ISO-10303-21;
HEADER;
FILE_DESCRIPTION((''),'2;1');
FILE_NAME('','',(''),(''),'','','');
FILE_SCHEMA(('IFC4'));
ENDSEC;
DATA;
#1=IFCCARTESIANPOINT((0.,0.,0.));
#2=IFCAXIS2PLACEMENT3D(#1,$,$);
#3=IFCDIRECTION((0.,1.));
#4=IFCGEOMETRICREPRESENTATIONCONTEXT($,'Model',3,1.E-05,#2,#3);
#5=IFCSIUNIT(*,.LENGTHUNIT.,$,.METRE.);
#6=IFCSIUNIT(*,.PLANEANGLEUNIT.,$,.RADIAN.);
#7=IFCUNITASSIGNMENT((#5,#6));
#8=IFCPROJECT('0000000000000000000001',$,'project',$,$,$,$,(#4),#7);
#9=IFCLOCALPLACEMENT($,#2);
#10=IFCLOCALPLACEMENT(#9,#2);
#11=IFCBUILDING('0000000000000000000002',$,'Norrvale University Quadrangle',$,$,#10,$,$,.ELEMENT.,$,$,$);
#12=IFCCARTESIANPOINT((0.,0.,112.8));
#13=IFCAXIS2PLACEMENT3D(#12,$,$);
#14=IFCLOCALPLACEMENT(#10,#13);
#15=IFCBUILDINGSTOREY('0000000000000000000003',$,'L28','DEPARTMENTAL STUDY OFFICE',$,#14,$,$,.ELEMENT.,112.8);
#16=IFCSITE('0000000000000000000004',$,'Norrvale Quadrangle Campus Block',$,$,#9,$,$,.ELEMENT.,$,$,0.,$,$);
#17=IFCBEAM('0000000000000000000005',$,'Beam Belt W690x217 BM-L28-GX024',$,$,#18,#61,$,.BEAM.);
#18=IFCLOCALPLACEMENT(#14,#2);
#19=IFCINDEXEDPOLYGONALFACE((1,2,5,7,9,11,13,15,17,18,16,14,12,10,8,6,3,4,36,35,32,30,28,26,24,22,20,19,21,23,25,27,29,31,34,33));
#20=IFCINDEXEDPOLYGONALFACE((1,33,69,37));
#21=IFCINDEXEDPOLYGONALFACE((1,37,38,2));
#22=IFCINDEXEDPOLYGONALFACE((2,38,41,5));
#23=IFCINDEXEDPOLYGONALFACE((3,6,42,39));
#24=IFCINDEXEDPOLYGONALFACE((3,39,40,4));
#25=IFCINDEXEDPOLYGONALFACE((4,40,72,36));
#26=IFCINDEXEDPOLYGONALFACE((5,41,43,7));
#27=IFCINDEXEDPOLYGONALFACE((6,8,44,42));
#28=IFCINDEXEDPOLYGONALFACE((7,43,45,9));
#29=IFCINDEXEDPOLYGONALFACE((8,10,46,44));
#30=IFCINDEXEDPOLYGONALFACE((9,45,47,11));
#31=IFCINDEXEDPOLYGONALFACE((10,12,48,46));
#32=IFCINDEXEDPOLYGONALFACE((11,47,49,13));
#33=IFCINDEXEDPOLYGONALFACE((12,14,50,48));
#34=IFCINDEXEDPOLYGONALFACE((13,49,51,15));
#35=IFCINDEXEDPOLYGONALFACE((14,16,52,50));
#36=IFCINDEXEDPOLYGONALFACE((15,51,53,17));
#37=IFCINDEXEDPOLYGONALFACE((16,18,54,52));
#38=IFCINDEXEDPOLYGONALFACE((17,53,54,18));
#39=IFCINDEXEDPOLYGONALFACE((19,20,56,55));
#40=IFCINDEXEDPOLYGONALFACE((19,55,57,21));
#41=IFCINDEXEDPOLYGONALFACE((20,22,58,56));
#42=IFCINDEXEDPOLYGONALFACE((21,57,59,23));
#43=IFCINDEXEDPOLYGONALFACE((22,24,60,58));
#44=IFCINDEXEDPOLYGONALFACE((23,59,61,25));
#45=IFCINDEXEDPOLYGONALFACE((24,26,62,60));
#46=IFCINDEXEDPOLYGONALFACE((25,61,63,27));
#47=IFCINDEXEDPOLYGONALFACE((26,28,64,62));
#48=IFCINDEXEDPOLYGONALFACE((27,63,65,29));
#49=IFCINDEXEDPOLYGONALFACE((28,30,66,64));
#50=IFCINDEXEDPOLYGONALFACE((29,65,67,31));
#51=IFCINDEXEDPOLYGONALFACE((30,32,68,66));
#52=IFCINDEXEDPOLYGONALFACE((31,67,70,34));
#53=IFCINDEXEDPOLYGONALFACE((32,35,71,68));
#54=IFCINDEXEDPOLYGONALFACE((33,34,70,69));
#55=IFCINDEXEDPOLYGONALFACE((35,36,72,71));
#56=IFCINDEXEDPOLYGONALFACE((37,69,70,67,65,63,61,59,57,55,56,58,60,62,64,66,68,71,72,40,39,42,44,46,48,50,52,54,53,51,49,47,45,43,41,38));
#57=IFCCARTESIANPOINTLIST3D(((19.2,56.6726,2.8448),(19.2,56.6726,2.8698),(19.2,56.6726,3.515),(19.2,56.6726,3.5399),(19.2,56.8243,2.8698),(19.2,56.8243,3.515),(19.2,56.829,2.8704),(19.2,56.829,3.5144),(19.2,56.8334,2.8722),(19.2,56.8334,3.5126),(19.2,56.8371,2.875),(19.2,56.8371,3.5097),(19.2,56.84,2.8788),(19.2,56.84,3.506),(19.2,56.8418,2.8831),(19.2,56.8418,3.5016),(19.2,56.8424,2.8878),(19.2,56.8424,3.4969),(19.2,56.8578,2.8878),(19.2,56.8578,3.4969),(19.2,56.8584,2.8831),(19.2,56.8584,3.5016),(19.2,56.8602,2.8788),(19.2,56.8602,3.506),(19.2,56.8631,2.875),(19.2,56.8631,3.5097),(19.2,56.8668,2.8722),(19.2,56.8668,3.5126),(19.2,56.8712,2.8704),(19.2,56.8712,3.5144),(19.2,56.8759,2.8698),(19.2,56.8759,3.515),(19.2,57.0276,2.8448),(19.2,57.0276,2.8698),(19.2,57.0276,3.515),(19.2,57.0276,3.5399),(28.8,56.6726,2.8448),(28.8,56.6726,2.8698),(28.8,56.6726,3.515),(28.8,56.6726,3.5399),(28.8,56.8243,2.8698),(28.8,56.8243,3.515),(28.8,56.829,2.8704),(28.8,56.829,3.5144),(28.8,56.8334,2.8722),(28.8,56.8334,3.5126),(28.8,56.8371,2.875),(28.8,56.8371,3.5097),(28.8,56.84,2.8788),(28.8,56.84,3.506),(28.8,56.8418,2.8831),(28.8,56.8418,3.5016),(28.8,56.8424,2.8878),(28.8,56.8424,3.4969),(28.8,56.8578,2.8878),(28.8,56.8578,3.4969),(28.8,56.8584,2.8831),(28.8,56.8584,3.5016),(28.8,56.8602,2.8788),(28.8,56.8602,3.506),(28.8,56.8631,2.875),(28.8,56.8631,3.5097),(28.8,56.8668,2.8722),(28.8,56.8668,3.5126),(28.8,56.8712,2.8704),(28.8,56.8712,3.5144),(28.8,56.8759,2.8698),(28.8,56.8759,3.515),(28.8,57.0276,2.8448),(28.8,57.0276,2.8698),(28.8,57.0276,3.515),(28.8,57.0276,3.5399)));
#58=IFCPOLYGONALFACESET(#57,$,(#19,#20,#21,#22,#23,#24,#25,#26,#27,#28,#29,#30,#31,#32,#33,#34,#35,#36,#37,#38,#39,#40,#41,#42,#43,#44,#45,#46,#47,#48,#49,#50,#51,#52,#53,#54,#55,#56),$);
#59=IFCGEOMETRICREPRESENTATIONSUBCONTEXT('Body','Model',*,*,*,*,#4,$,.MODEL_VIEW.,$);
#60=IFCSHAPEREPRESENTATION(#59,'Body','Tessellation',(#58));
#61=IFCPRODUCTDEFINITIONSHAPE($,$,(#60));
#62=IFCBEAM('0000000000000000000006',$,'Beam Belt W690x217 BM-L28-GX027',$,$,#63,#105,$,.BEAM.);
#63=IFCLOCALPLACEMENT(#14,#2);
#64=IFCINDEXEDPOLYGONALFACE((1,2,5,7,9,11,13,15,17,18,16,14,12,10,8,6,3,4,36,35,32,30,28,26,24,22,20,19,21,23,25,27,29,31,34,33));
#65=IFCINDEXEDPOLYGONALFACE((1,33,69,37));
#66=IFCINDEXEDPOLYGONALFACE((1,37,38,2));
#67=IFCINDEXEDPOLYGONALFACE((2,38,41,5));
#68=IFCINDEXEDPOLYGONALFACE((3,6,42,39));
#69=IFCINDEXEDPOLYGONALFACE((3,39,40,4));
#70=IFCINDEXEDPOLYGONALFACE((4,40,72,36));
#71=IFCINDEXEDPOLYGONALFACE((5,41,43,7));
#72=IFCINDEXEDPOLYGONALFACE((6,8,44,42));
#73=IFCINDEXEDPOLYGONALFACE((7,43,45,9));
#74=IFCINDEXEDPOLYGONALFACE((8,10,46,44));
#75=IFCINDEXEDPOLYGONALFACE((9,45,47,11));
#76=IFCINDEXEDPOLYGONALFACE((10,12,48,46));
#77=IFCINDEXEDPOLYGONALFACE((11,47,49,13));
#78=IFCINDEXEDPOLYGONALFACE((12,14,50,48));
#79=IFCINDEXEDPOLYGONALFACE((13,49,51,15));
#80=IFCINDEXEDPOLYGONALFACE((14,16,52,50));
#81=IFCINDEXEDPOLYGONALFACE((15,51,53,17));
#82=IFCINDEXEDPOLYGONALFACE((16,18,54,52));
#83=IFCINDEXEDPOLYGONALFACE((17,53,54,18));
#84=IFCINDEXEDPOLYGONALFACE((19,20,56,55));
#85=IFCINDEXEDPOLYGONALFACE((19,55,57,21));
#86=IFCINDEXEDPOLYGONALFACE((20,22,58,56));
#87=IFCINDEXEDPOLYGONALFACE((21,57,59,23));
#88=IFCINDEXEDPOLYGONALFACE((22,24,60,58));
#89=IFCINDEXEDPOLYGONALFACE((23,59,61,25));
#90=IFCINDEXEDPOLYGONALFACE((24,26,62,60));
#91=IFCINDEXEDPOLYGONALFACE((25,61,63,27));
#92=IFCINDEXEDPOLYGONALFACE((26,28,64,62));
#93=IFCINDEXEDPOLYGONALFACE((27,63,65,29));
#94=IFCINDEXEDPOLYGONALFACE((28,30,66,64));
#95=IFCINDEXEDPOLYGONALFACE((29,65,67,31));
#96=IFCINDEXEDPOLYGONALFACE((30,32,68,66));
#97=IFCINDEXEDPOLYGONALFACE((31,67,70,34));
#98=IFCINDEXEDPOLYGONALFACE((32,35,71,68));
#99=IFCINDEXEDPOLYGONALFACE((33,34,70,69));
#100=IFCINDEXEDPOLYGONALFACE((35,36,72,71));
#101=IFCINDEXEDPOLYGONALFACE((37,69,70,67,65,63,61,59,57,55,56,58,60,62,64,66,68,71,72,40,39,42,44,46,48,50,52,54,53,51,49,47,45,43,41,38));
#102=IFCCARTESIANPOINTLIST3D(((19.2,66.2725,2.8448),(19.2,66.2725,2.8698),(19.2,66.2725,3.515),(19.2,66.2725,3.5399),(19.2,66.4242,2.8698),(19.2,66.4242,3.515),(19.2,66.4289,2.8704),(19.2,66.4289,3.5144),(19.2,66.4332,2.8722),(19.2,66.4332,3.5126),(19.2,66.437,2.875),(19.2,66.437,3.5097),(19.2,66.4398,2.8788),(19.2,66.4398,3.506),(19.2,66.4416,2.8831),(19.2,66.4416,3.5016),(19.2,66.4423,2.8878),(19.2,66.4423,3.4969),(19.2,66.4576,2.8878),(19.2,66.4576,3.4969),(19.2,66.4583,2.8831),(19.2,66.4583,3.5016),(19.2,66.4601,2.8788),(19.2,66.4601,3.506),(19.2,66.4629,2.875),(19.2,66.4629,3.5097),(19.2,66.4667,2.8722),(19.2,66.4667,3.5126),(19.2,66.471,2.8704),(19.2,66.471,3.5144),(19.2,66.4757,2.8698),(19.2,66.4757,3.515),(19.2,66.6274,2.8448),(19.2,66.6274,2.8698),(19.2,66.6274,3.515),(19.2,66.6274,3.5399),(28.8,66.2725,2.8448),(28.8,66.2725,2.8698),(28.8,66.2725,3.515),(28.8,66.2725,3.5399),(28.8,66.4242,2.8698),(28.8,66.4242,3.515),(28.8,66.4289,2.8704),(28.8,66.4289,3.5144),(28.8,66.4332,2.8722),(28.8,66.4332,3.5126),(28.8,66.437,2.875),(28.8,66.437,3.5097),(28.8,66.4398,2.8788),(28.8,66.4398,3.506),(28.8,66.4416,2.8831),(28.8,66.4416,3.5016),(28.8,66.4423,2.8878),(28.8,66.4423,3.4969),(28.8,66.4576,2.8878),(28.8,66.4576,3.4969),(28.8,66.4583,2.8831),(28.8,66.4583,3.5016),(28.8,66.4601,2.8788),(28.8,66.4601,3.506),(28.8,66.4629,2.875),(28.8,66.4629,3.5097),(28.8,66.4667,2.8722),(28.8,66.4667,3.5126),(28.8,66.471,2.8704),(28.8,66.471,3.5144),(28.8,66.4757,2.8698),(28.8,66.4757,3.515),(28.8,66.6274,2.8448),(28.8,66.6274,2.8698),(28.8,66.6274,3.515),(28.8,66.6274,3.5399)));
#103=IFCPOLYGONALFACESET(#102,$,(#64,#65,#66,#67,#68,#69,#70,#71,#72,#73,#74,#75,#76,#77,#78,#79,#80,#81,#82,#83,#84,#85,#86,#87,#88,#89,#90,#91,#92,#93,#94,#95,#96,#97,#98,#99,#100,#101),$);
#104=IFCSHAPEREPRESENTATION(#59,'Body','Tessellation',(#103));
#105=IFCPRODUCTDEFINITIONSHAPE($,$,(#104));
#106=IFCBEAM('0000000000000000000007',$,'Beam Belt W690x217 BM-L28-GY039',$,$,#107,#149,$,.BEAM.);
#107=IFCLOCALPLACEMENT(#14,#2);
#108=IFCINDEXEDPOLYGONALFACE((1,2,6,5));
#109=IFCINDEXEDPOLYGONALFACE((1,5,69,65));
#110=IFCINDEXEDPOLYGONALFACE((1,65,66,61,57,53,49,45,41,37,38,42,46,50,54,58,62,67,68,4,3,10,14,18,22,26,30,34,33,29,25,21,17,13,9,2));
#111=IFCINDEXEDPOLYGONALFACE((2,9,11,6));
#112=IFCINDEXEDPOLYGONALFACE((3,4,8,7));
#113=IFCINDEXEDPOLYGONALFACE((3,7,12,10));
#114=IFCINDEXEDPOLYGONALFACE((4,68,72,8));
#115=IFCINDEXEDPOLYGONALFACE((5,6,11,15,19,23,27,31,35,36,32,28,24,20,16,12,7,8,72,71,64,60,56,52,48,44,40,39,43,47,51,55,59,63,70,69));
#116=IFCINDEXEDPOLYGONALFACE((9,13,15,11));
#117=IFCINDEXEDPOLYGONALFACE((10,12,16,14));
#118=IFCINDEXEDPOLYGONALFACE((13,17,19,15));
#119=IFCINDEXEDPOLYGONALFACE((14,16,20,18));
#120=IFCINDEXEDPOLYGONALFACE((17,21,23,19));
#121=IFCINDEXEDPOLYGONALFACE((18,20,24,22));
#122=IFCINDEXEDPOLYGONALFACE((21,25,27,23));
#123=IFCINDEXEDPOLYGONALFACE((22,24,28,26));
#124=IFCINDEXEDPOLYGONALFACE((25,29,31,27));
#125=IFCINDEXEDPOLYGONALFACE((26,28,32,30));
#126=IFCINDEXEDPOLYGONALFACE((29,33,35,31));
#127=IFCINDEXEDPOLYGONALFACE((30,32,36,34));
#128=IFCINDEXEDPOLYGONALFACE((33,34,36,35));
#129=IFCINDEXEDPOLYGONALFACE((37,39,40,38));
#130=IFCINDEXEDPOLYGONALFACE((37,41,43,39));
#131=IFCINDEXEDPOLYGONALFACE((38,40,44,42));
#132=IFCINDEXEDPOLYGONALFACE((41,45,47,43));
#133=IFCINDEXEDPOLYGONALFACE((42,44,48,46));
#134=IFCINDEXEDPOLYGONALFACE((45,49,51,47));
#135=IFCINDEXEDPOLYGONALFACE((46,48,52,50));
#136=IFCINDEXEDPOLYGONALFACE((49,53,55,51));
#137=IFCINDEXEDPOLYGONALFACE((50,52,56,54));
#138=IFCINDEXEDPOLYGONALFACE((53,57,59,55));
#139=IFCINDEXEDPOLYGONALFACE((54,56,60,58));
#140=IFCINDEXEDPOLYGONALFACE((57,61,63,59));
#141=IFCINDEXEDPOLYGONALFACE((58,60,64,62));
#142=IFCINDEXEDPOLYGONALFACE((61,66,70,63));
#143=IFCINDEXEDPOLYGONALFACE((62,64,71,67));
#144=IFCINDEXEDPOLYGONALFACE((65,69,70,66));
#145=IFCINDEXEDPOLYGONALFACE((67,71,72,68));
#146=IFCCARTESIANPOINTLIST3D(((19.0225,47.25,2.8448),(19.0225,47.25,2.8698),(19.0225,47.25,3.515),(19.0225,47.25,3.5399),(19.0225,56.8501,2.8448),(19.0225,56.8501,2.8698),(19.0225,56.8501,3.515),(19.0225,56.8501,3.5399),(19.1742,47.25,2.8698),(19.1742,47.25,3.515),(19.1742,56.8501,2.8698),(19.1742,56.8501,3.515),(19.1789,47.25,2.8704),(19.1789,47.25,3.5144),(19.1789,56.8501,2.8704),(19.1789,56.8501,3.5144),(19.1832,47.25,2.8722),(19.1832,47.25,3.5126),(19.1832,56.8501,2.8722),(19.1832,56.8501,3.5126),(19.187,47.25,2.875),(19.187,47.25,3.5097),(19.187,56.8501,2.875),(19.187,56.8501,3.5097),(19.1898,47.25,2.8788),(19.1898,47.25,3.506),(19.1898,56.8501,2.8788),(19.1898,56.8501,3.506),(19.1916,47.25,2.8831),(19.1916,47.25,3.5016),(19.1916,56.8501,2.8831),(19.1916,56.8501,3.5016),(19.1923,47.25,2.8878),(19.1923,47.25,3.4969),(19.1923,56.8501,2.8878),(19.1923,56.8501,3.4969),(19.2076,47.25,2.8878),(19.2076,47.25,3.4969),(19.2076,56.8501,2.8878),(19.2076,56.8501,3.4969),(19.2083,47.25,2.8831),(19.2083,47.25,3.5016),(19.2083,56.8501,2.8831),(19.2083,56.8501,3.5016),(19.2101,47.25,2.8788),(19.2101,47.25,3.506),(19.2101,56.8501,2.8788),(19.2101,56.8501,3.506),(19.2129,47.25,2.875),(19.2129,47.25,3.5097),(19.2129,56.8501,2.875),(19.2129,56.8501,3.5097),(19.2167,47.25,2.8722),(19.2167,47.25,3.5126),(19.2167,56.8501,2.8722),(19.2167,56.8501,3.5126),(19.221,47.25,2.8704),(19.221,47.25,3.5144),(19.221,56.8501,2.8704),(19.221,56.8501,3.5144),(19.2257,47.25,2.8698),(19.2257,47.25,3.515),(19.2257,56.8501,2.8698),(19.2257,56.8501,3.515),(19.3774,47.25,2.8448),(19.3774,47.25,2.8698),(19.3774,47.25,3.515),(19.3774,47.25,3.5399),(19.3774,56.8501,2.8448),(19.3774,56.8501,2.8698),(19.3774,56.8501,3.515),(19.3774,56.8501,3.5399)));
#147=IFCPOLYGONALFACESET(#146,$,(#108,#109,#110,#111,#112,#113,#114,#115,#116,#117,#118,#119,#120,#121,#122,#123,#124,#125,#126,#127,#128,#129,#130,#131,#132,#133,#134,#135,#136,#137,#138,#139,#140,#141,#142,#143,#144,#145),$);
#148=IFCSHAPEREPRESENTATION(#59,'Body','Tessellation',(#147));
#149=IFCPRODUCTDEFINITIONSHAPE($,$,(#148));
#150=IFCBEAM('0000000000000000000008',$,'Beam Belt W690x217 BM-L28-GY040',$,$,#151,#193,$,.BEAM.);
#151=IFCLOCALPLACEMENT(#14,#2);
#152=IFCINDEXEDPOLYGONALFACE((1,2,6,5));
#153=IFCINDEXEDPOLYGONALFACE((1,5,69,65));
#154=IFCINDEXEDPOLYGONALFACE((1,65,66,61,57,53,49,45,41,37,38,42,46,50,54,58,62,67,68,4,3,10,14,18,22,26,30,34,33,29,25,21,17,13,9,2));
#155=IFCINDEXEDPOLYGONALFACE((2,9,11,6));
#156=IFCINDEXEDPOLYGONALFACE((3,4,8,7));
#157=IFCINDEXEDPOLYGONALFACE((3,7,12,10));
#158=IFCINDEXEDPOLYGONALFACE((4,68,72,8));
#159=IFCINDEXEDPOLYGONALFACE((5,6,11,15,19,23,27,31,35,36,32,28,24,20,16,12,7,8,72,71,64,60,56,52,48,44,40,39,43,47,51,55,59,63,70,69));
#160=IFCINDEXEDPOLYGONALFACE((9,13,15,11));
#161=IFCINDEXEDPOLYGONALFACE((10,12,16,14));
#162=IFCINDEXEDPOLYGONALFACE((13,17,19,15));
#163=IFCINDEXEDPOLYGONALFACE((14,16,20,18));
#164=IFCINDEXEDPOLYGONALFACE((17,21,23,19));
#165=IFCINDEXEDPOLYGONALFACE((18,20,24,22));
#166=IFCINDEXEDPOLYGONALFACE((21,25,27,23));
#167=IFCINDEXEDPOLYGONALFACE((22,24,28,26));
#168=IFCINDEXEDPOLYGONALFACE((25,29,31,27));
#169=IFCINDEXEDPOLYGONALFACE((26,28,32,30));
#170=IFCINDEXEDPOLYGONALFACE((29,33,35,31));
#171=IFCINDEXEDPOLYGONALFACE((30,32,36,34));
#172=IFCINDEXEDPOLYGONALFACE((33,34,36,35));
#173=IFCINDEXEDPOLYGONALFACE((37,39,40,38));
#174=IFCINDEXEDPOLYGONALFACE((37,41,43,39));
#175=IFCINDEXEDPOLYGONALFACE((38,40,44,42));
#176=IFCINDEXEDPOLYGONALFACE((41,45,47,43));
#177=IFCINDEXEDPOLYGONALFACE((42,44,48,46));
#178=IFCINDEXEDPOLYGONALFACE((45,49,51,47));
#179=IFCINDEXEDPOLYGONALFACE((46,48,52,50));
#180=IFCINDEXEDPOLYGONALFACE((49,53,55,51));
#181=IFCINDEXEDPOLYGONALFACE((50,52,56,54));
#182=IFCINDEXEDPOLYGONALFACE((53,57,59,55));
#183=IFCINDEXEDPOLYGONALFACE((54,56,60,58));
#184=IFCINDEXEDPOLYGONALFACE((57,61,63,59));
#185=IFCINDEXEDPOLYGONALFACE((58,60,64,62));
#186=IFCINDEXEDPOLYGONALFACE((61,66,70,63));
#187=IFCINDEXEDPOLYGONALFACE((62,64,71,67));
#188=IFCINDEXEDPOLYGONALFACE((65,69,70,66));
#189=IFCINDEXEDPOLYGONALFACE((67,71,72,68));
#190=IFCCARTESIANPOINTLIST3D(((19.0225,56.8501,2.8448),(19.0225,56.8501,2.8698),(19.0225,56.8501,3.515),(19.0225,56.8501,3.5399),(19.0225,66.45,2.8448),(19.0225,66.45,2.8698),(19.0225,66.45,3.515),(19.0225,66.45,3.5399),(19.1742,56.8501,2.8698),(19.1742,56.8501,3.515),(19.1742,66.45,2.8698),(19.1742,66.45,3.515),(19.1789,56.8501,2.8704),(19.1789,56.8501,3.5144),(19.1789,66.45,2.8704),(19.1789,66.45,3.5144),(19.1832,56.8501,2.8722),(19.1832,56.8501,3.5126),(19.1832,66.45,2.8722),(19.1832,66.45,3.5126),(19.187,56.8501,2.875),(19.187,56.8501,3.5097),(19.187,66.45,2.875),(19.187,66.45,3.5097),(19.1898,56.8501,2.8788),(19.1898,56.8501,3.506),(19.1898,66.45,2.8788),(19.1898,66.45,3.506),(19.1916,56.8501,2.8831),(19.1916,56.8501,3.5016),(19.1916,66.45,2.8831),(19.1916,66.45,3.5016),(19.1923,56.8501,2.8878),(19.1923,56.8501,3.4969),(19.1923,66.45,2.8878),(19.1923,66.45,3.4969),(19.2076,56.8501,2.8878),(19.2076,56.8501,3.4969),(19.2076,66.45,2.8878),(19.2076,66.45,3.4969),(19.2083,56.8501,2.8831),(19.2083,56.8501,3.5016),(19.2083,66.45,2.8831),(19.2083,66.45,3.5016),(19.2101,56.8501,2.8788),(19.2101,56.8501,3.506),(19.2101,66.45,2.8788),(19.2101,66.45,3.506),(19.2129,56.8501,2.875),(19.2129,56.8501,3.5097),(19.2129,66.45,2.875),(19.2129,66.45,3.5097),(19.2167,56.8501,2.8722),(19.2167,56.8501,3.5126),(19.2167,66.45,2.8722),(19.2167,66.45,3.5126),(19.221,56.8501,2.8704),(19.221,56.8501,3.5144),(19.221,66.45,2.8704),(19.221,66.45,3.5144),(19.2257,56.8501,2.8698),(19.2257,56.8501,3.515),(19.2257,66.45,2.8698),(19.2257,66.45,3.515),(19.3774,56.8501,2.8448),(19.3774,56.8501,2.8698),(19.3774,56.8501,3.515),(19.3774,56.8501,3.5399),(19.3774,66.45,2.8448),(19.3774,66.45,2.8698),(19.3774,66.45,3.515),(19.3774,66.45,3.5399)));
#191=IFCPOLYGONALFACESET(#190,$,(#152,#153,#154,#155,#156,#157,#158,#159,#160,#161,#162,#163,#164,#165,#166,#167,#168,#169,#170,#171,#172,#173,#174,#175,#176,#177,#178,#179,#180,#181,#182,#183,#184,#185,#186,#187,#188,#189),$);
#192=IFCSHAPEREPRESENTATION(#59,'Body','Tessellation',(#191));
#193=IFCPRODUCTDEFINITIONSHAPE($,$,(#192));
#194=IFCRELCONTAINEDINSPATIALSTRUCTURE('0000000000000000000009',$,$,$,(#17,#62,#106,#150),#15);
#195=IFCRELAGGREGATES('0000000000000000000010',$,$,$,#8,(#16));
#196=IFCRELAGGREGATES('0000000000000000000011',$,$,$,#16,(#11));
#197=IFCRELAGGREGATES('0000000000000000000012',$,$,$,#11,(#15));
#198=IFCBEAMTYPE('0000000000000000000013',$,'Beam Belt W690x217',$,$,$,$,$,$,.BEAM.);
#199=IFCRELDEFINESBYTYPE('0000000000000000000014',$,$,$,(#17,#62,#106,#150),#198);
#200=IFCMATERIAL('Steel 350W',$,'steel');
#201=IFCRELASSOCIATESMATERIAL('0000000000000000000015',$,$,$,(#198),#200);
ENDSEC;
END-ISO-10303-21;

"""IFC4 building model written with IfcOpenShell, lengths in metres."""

from ifc_helpers import new_model, si_unit, direction, frame, origin, origin_2d, place, context, subcontext, project, spatial, i_section, extrude, material, material_profile, profile_set, type_object, element, save


model = new_model("IFC4")

# Units and contexts
model_context = context("Model", 3, precision=1e-05, world=origin(), true_north=direction((0.0, 1.0)))
body_context = subcontext(model_context, "Body", "Model", "MODEL_VIEW")
ifc_project = project(units=[si_unit("LENGTHUNIT", "METRE"), si_unit("PLANEANGLEUNIT", "RADIAN")], contexts=[model_context])

# Site, building, storey
site_placement = place(None, origin())
site = spatial("IfcSite", under=ifc_project, at=site_placement, Name="Norrvale Quadrangle Campus Block", CompositionType="ELEMENT", RefElevation=0.0)
building_placement = place(site_placement, origin())
building = spatial("IfcBuilding", under=site, at=building_placement, Name="Norrvale University Quadrangle", CompositionType="ELEMENT")
storey_placement = place(building_placement, frame((0.0, 0.0, 112.8)))
storey = spatial("IfcBuildingStorey", under=building, at=storey_placement, Name="L28", Description="DEPARTMENTAL STUDY OFFICE", CompositionType="ELEMENT", Elevation=112.8)

# Beams
ifc_material_1 = material(Name="Steel 350W", Category="steel")
ifc_material_profile_1 = material_profile(ifc_material_1, i_section(OverallWidth=0.355, OverallDepth=0.6951, WebThickness=0.0154, FlangeThickness=0.0249, FilletRadius=0.0181, at=origin_2d()), Name="Steel 350W")
ifc_profile_set_1 = profile_set([ifc_material_profile_1], Name="Steel 350W")
beam_type_1 = type_object("IfcBeamType", Name="Beam Belt W690x217", PredefinedType="BEAM", material=ifc_profile_set_1)
for number, where, z_axis, x_axis, name in (
    (1, (19.2, 56.8501, 3.1924), (1.0, 0.0, 0.0), (0.0, 1.0, 0.0), "Beam Belt W690x217 BM-L28-GX024"),
    (2, (19.2, 66.45, 3.1924), (1.0, 0.0, 0.0), (0.0, 1.0, 0.0), "Beam Belt W690x217 BM-L28-GX027"),
    (3, (19.2, 47.25, 3.1924), (0.0, 1.0, 0.0), (-1.0, 0.0, 0.0), "Beam Belt W690x217 BM-L28-GY039"),
):
    element("IfcBeam", number, at=place(storey_placement, frame(where, z_axis=z_axis, x_axis=x_axis)), inside=storey, type_object=beam_type_1, Name=name, PredefinedType="BEAM", context=body_context, shape_type="SweptSolid", body=[
        extrude(i_section(OverallWidth=0.355, OverallDepth=0.6951, WebThickness=0.0154, FlangeThickness=0.0249, FilletRadius=0.0181, at=origin_2d()), origin(), (0.0, 0.0, 1.0), 9.6001),
    ])
beam_1_placement = place(storey_placement, frame((19.2, 56.8501, 3.1924), z_axis=(0.0, 1.0, 0.0), x_axis=(-1.0, 0.0, 0.0)))
element("IfcBeam", 4, at=beam_1_placement, inside=storey, type_object=beam_type_1, Name="Beam Belt W690x217 BM-L28-GY040", PredefinedType="BEAM", context=body_context, shape_type="SweptSolid", body=[
    extrude(i_section(OverallWidth=0.355, OverallDepth=0.6951, WebThickness=0.0154, FlangeThickness=0.0249, FilletRadius=0.0181, at=origin_2d()), origin(), (0.0, 0.0, 1.0), 9.5999),
])

save(model, "model.ifc")
